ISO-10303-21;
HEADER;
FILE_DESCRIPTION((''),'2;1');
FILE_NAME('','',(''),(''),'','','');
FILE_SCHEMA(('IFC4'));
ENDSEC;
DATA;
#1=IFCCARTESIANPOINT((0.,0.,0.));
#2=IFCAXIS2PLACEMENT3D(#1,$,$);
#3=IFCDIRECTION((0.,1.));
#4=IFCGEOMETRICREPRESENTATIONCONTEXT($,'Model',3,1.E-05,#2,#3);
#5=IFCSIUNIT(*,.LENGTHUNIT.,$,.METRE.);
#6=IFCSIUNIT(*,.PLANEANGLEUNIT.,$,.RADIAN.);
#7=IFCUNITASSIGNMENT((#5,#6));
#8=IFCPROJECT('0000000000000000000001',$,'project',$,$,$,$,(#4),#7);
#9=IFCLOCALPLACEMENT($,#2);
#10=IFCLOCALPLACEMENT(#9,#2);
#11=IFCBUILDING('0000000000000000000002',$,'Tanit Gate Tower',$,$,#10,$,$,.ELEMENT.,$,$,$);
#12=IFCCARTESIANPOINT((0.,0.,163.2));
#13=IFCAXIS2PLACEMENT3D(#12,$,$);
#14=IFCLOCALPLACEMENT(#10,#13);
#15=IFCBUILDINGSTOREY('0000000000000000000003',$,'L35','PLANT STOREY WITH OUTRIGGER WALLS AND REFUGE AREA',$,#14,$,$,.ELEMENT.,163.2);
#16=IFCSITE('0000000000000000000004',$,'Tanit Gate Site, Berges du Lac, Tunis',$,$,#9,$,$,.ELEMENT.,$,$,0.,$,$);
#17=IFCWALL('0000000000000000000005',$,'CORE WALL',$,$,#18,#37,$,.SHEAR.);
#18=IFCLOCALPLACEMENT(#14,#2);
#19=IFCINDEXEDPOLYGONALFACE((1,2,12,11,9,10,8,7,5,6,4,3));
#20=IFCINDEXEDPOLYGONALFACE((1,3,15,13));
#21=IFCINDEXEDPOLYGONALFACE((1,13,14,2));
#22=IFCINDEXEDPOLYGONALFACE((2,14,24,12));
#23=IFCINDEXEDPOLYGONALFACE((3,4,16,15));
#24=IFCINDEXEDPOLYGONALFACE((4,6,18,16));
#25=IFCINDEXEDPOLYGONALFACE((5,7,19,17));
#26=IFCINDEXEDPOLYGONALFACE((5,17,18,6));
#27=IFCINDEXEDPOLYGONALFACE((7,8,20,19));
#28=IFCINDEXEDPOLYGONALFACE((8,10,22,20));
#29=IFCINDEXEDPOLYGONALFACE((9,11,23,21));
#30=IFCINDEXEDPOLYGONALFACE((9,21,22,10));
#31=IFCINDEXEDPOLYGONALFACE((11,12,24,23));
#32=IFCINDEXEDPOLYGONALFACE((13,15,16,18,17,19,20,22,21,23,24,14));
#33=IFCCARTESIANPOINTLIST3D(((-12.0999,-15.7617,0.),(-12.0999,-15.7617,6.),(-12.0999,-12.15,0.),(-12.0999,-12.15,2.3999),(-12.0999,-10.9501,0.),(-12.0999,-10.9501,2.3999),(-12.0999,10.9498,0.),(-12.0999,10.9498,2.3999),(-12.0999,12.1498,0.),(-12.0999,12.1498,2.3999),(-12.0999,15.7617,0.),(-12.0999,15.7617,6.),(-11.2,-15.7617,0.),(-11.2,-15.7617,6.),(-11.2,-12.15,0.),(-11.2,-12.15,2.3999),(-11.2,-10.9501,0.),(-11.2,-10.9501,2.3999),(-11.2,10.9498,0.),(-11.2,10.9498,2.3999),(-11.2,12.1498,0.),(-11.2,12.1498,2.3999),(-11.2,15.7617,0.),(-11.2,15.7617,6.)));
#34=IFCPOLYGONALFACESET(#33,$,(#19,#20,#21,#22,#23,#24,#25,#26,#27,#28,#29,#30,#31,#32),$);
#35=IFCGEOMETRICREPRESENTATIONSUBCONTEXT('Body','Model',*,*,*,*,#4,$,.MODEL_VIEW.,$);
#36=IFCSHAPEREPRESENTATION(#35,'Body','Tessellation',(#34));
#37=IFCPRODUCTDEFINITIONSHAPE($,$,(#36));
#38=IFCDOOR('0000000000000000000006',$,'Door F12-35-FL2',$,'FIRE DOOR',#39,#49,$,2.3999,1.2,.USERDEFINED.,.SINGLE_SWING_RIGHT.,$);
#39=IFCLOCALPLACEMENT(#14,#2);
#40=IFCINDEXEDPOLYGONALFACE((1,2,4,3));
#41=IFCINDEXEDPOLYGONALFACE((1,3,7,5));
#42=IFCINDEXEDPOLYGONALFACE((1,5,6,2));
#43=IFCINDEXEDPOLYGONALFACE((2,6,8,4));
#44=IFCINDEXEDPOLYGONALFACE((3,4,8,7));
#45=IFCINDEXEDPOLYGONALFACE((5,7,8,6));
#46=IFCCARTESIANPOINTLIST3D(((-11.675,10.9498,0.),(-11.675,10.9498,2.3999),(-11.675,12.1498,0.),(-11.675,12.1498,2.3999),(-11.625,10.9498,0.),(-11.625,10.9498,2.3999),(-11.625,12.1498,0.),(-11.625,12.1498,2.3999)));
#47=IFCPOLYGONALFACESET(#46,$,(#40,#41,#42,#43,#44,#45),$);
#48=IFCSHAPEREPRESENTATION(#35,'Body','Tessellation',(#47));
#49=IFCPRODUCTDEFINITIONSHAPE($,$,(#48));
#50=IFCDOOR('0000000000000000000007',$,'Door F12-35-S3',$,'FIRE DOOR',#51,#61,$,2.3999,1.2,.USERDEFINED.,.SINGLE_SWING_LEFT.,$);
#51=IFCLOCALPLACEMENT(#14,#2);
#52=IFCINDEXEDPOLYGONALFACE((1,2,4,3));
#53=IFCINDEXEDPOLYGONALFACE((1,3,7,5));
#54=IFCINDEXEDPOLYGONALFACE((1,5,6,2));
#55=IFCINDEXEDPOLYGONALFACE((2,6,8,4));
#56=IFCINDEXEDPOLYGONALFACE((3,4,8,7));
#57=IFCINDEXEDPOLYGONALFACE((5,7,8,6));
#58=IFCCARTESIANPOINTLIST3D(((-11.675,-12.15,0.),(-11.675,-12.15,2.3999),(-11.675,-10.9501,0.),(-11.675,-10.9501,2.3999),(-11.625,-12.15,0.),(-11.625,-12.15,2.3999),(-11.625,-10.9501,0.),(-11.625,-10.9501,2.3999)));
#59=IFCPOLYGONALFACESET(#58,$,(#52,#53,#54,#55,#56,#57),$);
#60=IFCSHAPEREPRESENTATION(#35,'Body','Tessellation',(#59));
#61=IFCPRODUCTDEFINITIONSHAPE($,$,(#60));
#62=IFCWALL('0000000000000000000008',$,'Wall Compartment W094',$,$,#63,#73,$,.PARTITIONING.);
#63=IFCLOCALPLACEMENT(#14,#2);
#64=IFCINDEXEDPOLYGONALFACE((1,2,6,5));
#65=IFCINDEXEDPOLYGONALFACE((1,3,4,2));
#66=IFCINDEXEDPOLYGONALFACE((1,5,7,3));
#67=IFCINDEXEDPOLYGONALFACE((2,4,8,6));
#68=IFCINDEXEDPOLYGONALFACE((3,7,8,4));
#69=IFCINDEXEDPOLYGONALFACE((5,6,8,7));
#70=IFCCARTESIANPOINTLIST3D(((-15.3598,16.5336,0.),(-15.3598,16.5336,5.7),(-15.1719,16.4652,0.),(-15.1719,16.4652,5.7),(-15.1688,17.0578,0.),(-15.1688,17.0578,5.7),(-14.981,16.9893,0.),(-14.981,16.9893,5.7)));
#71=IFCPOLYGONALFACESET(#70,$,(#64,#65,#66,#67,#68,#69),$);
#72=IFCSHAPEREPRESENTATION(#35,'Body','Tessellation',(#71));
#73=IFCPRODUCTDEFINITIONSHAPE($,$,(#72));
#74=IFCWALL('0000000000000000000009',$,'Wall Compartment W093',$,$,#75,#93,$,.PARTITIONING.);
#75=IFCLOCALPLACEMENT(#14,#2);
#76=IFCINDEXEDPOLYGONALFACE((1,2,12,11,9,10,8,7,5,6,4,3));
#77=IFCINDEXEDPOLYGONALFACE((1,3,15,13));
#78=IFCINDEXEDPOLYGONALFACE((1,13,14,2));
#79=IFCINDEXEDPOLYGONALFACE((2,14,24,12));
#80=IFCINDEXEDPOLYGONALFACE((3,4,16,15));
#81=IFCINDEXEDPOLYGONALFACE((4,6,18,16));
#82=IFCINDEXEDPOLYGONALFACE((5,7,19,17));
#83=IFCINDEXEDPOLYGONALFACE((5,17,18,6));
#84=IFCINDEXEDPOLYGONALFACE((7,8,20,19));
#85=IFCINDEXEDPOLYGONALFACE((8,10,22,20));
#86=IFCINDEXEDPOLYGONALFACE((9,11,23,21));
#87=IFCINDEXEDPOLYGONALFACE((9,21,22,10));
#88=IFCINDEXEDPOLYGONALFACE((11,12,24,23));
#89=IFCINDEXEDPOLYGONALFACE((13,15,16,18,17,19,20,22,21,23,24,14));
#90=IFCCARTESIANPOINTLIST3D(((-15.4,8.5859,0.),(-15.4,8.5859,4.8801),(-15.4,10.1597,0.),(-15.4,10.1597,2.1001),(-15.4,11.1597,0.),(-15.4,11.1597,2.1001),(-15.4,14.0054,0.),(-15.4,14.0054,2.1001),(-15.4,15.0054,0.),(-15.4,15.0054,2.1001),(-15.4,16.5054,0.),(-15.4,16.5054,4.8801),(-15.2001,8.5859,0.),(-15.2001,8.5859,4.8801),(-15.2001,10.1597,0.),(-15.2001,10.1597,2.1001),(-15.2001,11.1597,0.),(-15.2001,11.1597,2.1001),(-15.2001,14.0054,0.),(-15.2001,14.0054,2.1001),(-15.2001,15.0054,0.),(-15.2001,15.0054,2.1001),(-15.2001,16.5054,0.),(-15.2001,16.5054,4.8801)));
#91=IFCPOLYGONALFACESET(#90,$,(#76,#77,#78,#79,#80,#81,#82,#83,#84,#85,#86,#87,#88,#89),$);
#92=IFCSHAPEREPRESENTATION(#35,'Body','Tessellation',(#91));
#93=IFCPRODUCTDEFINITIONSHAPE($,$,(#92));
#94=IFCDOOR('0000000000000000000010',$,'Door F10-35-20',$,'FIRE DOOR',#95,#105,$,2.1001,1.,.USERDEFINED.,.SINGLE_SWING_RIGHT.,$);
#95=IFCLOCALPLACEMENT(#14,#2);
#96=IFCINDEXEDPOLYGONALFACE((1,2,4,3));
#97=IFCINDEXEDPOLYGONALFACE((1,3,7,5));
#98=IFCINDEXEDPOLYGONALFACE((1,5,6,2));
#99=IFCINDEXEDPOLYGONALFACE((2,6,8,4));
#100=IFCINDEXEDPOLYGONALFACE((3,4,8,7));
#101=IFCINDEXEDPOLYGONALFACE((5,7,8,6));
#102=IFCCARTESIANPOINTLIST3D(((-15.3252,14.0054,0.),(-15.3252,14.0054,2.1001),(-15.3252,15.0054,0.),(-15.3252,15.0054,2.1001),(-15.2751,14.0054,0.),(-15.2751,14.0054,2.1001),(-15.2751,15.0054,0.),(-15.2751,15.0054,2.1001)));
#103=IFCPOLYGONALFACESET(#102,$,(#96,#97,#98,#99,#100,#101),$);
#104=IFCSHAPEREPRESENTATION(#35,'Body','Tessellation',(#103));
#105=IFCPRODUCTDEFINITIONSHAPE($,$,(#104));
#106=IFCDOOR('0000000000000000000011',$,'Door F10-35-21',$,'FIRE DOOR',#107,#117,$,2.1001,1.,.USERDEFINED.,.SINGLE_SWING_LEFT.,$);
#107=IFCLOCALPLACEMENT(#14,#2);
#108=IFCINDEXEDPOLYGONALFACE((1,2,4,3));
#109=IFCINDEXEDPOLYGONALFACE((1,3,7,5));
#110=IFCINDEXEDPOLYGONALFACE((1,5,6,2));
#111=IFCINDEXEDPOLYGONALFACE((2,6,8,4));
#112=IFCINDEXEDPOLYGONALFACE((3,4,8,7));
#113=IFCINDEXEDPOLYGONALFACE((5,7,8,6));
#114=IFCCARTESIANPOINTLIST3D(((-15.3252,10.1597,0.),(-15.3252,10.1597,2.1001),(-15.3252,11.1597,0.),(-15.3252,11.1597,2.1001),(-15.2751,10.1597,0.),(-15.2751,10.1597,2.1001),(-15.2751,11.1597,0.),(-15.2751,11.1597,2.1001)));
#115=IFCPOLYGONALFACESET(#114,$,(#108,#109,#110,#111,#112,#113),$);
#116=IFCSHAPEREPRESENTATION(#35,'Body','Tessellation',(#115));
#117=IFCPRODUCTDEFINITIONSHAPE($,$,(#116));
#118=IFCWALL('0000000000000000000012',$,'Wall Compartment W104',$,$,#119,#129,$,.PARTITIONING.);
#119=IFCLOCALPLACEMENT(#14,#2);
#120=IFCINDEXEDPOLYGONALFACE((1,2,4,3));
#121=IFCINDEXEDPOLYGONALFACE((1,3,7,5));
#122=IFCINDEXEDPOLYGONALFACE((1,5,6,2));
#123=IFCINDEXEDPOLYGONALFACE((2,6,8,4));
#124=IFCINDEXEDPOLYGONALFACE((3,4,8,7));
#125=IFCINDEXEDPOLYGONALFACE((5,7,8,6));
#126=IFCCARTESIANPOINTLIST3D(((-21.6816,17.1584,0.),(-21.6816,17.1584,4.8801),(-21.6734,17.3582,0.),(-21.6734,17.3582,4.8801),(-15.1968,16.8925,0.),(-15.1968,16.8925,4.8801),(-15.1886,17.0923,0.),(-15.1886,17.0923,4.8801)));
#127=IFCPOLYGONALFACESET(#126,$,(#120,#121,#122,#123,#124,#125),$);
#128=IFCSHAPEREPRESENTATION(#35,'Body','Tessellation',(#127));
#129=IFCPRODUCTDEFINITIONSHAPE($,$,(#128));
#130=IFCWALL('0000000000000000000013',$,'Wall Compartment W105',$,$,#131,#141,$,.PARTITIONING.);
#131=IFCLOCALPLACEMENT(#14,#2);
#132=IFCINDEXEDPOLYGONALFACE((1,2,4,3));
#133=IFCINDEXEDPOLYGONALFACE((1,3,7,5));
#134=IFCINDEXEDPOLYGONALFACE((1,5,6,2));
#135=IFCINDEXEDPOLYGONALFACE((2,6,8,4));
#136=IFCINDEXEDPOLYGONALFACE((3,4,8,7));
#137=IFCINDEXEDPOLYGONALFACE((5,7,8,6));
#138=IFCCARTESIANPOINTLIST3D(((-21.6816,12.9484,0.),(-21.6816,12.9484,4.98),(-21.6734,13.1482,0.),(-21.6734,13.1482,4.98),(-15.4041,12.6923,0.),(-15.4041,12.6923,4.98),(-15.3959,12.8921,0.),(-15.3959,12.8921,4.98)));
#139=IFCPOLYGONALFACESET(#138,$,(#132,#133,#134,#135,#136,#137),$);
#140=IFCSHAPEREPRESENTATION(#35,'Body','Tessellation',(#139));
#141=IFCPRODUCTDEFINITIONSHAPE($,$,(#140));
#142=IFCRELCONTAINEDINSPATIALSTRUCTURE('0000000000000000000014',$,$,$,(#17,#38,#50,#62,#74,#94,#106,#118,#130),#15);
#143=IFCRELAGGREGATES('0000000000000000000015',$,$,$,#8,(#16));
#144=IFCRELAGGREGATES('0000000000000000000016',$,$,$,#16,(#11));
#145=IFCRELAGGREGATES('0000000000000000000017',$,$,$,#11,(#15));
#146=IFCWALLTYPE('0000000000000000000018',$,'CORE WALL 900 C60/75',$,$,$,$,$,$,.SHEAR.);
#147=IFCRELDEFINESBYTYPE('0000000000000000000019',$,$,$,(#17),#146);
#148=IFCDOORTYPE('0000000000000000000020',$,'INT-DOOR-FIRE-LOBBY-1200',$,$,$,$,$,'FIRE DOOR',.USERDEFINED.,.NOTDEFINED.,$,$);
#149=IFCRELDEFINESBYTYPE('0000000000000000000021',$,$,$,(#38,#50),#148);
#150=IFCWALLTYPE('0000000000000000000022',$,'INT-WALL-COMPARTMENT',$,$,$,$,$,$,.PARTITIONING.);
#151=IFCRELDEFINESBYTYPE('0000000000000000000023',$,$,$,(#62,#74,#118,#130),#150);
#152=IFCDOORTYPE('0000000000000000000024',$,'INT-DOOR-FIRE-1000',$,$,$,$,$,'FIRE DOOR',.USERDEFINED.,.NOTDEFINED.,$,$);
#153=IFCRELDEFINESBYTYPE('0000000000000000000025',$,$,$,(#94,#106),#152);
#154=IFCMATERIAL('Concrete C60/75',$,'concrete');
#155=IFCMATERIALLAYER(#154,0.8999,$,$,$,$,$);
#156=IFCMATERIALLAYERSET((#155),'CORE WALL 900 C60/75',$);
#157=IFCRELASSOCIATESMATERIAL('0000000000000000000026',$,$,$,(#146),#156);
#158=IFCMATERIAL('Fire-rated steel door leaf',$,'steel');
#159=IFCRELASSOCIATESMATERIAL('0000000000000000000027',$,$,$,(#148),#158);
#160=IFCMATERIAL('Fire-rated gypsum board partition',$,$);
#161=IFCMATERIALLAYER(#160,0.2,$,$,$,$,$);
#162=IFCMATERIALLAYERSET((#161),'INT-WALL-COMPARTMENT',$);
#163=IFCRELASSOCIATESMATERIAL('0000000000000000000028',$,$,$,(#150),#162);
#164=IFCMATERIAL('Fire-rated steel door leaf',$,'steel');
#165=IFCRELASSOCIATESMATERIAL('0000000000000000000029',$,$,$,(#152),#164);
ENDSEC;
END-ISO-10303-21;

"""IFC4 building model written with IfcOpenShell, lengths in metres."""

from ifc_helpers import new_model, si_unit, direction, frame, frame_2d, origin, place, context, subcontext, project, spatial, rectangle, extrude, material, layer, layer_set, type_object, element, fill, save


model = new_model("IFC4")

# Units and contexts
model_context = context("Model", 3, precision=1e-05, world=origin(), true_north=direction((0.0, 1.0)))
body_context = subcontext(model_context, "Body", "Model", "MODEL_VIEW")
ifc_project = project(units=[si_unit("LENGTHUNIT", "METRE"), si_unit("PLANEANGLEUNIT", "RADIAN")], contexts=[model_context])

# Site, building, storey
site_placement = place(None, origin())
site = spatial("IfcSite", under=ifc_project, at=site_placement, Name="Tanit Gate Site, Berges du Lac, Tunis", CompositionType="ELEMENT", RefElevation=0.0)
building_placement = place(site_placement, origin())
building = spatial("IfcBuilding", under=site, at=building_placement, Name="Tanit Gate Tower", CompositionType="ELEMENT")
storey_placement = place(building_placement, frame((0.0, 0.0, 163.2)))
storey = spatial("IfcBuildingStorey", under=building, at=storey_placement, Name="L35", Description="PLANT STOREY WITH OUTRIGGER WALLS AND REFUGE AREA", CompositionType="ELEMENT", Elevation=163.2)

# Wall, openings, doors
ifc_material_1 = material(Name="Concrete C60/75", Category="concrete")
ifc_layer_1 = layer(ifc_material_1, 0.8999)
ifc_layer_set_1 = layer_set([ifc_layer_1], Name="CORE WALL 900 C60/75")
wall_type_1 = type_object("IfcWallType", Name="CORE WALL 900 C60/75", PredefinedType="SHEAR", material=ifc_layer_set_1)
wall_1_placement = place(storey_placement, frame((-11.6499, 15.7617, 0.0), z_axis=(0.0, 0.0, 1.0), x_axis=(0.0, -1.0, 0.0)))
wall_1 = element("IfcWall", 1, at=wall_1_placement, inside=storey, type_object=wall_type_1, Name="CORE WALL", PredefinedType="SHEAR", context=body_context, shape_type="SweptSolid", body=[
    extrude(rectangle(XDim=31.5234, YDim=0.8999, at=frame_2d((15.7617, 0.0))), origin(), (0.0, 0.0, 1.0), 6.0),
])
opening_1_placement = place(wall_1_placement, frame((3.6118, 0.0, 0.0)))
opening_1 = element("IfcOpeningElement", 2, at=opening_1_placement, cuts=wall_1, PredefinedType="OPENING", context=body_context, shape_type="SweptSolid", body=[
    extrude(rectangle(XDim=1.2, YDim=2.3999, at=frame_2d((0.6001, 1.2))), frame((0.0, 0.46, 0.0), z_axis=(0.0, -1.0, 0.0), x_axis=(1.0, 0.0, 0.0)), (0.0, 0.0, 1.0), 0.9199),
])
opening_2_placement = place(wall_1_placement, frame((26.7117, 0.0, 0.0)))
opening_2 = element("IfcOpeningElement", 3, at=opening_2_placement, cuts=wall_1, PredefinedType="OPENING", context=body_context, shape_type="SweptSolid", body=[
    extrude(rectangle(XDim=1.2, YDim=2.3999, at=frame_2d((0.6001, 1.2))), frame((0.0, 0.46, 0.0), z_axis=(0.0, -1.0, 0.0), x_axis=(1.0, 0.0, 0.0)), (0.0, 0.0, 1.0), 0.9199),
])
ifc_material_2 = material(Name="Fire-rated steel door leaf", Category="steel")
door_type_1 = type_object("IfcDoorType", Name="INT-DOOR-FIRE-LOBBY-1200", ElementType="FIRE DOOR", OperationType="NOTDEFINED", PredefinedType="USERDEFINED", material=ifc_material_2)
door_1_placement = place(opening_1_placement, origin())
door_1 = element("IfcDoor", 4, at=door_1_placement, inside=storey, type_object=door_type_1, Name="Door F12-35-FL2", ObjectType="FIRE DOOR", OperationType="SINGLE_SWING_RIGHT", OverallHeight=2.3999, OverallWidth=1.2, PredefinedType="USERDEFINED", context=body_context, shape_type="SweptSolid", body=[
    extrude(rectangle(XDim=1.2, YDim=2.3999, at=frame_2d((0.6001, 1.2))), frame((0.0, 0.0249, 0.0), z_axis=(0.0, -1.0, 0.0), x_axis=(1.0, 0.0, 0.0)), (0.0, 0.0, 1.0), 0.05),
])
fill(opening_1, door_1)
door_2_placement = place(opening_2_placement, origin())
door_2 = element("IfcDoor", 5, at=door_2_placement, inside=storey, type_object=door_type_1, Name="Door F12-35-S3", ObjectType="FIRE DOOR", OperationType="SINGLE_SWING_LEFT", OverallHeight=2.3999, OverallWidth=1.2, PredefinedType="USERDEFINED", context=body_context, shape_type="SweptSolid", body=[
    extrude(rectangle(XDim=1.2, YDim=2.3999, at=frame_2d((0.6001, 1.2))), frame((0.0, 0.0249, 0.0), z_axis=(0.0, -1.0, 0.0), x_axis=(1.0, 0.0, 0.0)), (0.0, 0.0, 1.0), 0.05),
])
fill(opening_2, door_2)

# Wall
ifc_material_3 = material(Name="Fire-rated gypsum board partition")
ifc_layer_2 = layer(ifc_material_3, 0.2)
ifc_layer_set_2 = layer_set([ifc_layer_2], Name="INT-WALL-COMPARTMENT")
wall_type_2 = type_object("IfcWallType", Name="INT-WALL-COMPARTMENT", PredefinedType="PARTITIONING", material=ifc_layer_set_2)
wall_2_placement = place(storey_placement, frame((-15.075, 17.0234, 0.0), z_axis=(0.0, 0.0, 1.0), x_axis=(-0.342235, -0.939614, 0.0)))
element("IfcWall", 6, at=wall_2_placement, inside=storey, type_object=wall_type_2, Name="Wall Compartment W094", PredefinedType="PARTITIONING", context=body_context, shape_type="SweptSolid", body=[
    extrude(rectangle(XDim=0.5579, YDim=0.2, at=frame_2d((0.2788, 0.0))), origin(), (0.0, 0.0, 1.0), 5.7),
])

# Wall, openings, doors
wall_3_placement = place(storey_placement, frame((-15.3, 16.5054, 0.0), z_axis=(0.0, 0.0, 1.0), x_axis=(0.0, -1.0, 0.0)))
wall_3 = element("IfcWall", 7, at=wall_3_placement, inside=storey, type_object=wall_type_2, Name="Wall Compartment W093", PredefinedType="PARTITIONING", context=body_context, shape_type="SweptSolid", body=[
    extrude(rectangle(XDim=7.9194, YDim=0.2, at=frame_2d((3.9597, 0.0))), origin(), (0.0, 0.0, 1.0), 4.8801),
])
opening_3_placement = place(wall_3_placement, frame((1.5, 0.0, 0.0)))
opening_3 = element("IfcOpeningElement", 8, at=opening_3_placement, cuts=wall_3, PredefinedType="OPENING", context=body_context, shape_type="SweptSolid", body=[
    extrude(rectangle(XDim=1.0, YDim=2.1001, at=frame_2d((0.5, 1.05))), frame((0.0, 0.1099, 0.0), z_axis=(0.0, -1.0, 0.0), x_axis=(1.0, 0.0, 0.0)), (0.0, 0.0, 1.0), 0.22),
])
opening_4_placement = place(wall_3_placement, frame((5.3457, 0.0, 0.0)))
opening_4 = element("IfcOpeningElement", 9, at=opening_4_placement, cuts=wall_3, PredefinedType="OPENING", context=body_context, shape_type="SweptSolid", body=[
    extrude(rectangle(XDim=1.0, YDim=2.1001, at=frame_2d((0.5, 1.05))), frame((0.0, 0.1099, 0.0), z_axis=(0.0, -1.0, 0.0), x_axis=(1.0, 0.0, 0.0)), (0.0, 0.0, 1.0), 0.22),
])
ifc_material_4 = material(Name="Fire-rated steel door leaf", Category="steel")
door_type_2 = type_object("IfcDoorType", Name="INT-DOOR-FIRE-1000", ElementType="FIRE DOOR", OperationType="NOTDEFINED", PredefinedType="USERDEFINED", material=ifc_material_4)
door_3_placement = place(opening_3_placement, origin())
door_3 = element("IfcDoor", 10, at=door_3_placement, inside=storey, type_object=door_type_2, Name="Door F10-35-20", ObjectType="FIRE DOOR", OperationType="SINGLE_SWING_RIGHT", OverallHeight=2.1001, OverallWidth=1.0, PredefinedType="USERDEFINED", context=body_context, shape_type="SweptSolid", body=[
    extrude(rectangle(XDim=1.0, YDim=2.1001, at=frame_2d((0.5, 1.05))), frame((0.0, 0.0249, 0.0), z_axis=(0.0, -1.0, 0.0), x_axis=(1.0, 0.0, 0.0)), (0.0, 0.0, 1.0), 0.05),
])
fill(opening_3, door_3)
door_4_placement = place(opening_4_placement, origin())
door_4 = element("IfcDoor", 11, at=door_4_placement, inside=storey, type_object=door_type_2, Name="Door F10-35-21", ObjectType="FIRE DOOR", OperationType="SINGLE_SWING_LEFT", OverallHeight=2.1001, OverallWidth=1.0, PredefinedType="USERDEFINED", context=body_context, shape_type="SweptSolid", body=[
    extrude(rectangle(XDim=1.0, YDim=2.1001, at=frame_2d((0.5, 1.05))), frame((0.0, 0.0249, 0.0), z_axis=(0.0, -1.0, 0.0), x_axis=(1.0, 0.0, 0.0)), (0.0, 0.0, 1.0), 0.05),
])
fill(opening_4, door_4)

# Walls
wall_4_placement = place(storey_placement, frame((-21.6775, 17.2583, 0.0), z_axis=(0.0, 0.0, 1.0), x_axis=(0.999161, -0.040964, 0.0)))
element("IfcWall", 12, at=wall_4_placement, inside=storey, type_object=wall_type_2, Name="Wall Compartment W104", PredefinedType="PARTITIONING", context=body_context, shape_type="SweptSolid", body=[
    extrude(rectangle(XDim=6.4902, YDim=0.2, at=frame_2d((3.2451, 0.0))), origin(), (0.0, 0.0, 1.0), 4.8801),
])
wall_5_placement = place(storey_placement, frame((-21.6775, 13.0483, 0.0), z_axis=(0.0, 0.0, 1.0), x_axis=(0.999169, -0.040763, 0.0)))
element("IfcWall", 13, at=wall_5_placement, inside=storey, type_object=wall_type_2, Name="Wall Compartment W105", PredefinedType="PARTITIONING", context=body_context, shape_type="SweptSolid", body=[
    extrude(rectangle(XDim=6.2827, YDim=0.2, at=frame_2d((3.1414, 0.0))), origin(), (0.0, 0.0, 1.0), 4.98),
])

save(model, "model.ifc")
